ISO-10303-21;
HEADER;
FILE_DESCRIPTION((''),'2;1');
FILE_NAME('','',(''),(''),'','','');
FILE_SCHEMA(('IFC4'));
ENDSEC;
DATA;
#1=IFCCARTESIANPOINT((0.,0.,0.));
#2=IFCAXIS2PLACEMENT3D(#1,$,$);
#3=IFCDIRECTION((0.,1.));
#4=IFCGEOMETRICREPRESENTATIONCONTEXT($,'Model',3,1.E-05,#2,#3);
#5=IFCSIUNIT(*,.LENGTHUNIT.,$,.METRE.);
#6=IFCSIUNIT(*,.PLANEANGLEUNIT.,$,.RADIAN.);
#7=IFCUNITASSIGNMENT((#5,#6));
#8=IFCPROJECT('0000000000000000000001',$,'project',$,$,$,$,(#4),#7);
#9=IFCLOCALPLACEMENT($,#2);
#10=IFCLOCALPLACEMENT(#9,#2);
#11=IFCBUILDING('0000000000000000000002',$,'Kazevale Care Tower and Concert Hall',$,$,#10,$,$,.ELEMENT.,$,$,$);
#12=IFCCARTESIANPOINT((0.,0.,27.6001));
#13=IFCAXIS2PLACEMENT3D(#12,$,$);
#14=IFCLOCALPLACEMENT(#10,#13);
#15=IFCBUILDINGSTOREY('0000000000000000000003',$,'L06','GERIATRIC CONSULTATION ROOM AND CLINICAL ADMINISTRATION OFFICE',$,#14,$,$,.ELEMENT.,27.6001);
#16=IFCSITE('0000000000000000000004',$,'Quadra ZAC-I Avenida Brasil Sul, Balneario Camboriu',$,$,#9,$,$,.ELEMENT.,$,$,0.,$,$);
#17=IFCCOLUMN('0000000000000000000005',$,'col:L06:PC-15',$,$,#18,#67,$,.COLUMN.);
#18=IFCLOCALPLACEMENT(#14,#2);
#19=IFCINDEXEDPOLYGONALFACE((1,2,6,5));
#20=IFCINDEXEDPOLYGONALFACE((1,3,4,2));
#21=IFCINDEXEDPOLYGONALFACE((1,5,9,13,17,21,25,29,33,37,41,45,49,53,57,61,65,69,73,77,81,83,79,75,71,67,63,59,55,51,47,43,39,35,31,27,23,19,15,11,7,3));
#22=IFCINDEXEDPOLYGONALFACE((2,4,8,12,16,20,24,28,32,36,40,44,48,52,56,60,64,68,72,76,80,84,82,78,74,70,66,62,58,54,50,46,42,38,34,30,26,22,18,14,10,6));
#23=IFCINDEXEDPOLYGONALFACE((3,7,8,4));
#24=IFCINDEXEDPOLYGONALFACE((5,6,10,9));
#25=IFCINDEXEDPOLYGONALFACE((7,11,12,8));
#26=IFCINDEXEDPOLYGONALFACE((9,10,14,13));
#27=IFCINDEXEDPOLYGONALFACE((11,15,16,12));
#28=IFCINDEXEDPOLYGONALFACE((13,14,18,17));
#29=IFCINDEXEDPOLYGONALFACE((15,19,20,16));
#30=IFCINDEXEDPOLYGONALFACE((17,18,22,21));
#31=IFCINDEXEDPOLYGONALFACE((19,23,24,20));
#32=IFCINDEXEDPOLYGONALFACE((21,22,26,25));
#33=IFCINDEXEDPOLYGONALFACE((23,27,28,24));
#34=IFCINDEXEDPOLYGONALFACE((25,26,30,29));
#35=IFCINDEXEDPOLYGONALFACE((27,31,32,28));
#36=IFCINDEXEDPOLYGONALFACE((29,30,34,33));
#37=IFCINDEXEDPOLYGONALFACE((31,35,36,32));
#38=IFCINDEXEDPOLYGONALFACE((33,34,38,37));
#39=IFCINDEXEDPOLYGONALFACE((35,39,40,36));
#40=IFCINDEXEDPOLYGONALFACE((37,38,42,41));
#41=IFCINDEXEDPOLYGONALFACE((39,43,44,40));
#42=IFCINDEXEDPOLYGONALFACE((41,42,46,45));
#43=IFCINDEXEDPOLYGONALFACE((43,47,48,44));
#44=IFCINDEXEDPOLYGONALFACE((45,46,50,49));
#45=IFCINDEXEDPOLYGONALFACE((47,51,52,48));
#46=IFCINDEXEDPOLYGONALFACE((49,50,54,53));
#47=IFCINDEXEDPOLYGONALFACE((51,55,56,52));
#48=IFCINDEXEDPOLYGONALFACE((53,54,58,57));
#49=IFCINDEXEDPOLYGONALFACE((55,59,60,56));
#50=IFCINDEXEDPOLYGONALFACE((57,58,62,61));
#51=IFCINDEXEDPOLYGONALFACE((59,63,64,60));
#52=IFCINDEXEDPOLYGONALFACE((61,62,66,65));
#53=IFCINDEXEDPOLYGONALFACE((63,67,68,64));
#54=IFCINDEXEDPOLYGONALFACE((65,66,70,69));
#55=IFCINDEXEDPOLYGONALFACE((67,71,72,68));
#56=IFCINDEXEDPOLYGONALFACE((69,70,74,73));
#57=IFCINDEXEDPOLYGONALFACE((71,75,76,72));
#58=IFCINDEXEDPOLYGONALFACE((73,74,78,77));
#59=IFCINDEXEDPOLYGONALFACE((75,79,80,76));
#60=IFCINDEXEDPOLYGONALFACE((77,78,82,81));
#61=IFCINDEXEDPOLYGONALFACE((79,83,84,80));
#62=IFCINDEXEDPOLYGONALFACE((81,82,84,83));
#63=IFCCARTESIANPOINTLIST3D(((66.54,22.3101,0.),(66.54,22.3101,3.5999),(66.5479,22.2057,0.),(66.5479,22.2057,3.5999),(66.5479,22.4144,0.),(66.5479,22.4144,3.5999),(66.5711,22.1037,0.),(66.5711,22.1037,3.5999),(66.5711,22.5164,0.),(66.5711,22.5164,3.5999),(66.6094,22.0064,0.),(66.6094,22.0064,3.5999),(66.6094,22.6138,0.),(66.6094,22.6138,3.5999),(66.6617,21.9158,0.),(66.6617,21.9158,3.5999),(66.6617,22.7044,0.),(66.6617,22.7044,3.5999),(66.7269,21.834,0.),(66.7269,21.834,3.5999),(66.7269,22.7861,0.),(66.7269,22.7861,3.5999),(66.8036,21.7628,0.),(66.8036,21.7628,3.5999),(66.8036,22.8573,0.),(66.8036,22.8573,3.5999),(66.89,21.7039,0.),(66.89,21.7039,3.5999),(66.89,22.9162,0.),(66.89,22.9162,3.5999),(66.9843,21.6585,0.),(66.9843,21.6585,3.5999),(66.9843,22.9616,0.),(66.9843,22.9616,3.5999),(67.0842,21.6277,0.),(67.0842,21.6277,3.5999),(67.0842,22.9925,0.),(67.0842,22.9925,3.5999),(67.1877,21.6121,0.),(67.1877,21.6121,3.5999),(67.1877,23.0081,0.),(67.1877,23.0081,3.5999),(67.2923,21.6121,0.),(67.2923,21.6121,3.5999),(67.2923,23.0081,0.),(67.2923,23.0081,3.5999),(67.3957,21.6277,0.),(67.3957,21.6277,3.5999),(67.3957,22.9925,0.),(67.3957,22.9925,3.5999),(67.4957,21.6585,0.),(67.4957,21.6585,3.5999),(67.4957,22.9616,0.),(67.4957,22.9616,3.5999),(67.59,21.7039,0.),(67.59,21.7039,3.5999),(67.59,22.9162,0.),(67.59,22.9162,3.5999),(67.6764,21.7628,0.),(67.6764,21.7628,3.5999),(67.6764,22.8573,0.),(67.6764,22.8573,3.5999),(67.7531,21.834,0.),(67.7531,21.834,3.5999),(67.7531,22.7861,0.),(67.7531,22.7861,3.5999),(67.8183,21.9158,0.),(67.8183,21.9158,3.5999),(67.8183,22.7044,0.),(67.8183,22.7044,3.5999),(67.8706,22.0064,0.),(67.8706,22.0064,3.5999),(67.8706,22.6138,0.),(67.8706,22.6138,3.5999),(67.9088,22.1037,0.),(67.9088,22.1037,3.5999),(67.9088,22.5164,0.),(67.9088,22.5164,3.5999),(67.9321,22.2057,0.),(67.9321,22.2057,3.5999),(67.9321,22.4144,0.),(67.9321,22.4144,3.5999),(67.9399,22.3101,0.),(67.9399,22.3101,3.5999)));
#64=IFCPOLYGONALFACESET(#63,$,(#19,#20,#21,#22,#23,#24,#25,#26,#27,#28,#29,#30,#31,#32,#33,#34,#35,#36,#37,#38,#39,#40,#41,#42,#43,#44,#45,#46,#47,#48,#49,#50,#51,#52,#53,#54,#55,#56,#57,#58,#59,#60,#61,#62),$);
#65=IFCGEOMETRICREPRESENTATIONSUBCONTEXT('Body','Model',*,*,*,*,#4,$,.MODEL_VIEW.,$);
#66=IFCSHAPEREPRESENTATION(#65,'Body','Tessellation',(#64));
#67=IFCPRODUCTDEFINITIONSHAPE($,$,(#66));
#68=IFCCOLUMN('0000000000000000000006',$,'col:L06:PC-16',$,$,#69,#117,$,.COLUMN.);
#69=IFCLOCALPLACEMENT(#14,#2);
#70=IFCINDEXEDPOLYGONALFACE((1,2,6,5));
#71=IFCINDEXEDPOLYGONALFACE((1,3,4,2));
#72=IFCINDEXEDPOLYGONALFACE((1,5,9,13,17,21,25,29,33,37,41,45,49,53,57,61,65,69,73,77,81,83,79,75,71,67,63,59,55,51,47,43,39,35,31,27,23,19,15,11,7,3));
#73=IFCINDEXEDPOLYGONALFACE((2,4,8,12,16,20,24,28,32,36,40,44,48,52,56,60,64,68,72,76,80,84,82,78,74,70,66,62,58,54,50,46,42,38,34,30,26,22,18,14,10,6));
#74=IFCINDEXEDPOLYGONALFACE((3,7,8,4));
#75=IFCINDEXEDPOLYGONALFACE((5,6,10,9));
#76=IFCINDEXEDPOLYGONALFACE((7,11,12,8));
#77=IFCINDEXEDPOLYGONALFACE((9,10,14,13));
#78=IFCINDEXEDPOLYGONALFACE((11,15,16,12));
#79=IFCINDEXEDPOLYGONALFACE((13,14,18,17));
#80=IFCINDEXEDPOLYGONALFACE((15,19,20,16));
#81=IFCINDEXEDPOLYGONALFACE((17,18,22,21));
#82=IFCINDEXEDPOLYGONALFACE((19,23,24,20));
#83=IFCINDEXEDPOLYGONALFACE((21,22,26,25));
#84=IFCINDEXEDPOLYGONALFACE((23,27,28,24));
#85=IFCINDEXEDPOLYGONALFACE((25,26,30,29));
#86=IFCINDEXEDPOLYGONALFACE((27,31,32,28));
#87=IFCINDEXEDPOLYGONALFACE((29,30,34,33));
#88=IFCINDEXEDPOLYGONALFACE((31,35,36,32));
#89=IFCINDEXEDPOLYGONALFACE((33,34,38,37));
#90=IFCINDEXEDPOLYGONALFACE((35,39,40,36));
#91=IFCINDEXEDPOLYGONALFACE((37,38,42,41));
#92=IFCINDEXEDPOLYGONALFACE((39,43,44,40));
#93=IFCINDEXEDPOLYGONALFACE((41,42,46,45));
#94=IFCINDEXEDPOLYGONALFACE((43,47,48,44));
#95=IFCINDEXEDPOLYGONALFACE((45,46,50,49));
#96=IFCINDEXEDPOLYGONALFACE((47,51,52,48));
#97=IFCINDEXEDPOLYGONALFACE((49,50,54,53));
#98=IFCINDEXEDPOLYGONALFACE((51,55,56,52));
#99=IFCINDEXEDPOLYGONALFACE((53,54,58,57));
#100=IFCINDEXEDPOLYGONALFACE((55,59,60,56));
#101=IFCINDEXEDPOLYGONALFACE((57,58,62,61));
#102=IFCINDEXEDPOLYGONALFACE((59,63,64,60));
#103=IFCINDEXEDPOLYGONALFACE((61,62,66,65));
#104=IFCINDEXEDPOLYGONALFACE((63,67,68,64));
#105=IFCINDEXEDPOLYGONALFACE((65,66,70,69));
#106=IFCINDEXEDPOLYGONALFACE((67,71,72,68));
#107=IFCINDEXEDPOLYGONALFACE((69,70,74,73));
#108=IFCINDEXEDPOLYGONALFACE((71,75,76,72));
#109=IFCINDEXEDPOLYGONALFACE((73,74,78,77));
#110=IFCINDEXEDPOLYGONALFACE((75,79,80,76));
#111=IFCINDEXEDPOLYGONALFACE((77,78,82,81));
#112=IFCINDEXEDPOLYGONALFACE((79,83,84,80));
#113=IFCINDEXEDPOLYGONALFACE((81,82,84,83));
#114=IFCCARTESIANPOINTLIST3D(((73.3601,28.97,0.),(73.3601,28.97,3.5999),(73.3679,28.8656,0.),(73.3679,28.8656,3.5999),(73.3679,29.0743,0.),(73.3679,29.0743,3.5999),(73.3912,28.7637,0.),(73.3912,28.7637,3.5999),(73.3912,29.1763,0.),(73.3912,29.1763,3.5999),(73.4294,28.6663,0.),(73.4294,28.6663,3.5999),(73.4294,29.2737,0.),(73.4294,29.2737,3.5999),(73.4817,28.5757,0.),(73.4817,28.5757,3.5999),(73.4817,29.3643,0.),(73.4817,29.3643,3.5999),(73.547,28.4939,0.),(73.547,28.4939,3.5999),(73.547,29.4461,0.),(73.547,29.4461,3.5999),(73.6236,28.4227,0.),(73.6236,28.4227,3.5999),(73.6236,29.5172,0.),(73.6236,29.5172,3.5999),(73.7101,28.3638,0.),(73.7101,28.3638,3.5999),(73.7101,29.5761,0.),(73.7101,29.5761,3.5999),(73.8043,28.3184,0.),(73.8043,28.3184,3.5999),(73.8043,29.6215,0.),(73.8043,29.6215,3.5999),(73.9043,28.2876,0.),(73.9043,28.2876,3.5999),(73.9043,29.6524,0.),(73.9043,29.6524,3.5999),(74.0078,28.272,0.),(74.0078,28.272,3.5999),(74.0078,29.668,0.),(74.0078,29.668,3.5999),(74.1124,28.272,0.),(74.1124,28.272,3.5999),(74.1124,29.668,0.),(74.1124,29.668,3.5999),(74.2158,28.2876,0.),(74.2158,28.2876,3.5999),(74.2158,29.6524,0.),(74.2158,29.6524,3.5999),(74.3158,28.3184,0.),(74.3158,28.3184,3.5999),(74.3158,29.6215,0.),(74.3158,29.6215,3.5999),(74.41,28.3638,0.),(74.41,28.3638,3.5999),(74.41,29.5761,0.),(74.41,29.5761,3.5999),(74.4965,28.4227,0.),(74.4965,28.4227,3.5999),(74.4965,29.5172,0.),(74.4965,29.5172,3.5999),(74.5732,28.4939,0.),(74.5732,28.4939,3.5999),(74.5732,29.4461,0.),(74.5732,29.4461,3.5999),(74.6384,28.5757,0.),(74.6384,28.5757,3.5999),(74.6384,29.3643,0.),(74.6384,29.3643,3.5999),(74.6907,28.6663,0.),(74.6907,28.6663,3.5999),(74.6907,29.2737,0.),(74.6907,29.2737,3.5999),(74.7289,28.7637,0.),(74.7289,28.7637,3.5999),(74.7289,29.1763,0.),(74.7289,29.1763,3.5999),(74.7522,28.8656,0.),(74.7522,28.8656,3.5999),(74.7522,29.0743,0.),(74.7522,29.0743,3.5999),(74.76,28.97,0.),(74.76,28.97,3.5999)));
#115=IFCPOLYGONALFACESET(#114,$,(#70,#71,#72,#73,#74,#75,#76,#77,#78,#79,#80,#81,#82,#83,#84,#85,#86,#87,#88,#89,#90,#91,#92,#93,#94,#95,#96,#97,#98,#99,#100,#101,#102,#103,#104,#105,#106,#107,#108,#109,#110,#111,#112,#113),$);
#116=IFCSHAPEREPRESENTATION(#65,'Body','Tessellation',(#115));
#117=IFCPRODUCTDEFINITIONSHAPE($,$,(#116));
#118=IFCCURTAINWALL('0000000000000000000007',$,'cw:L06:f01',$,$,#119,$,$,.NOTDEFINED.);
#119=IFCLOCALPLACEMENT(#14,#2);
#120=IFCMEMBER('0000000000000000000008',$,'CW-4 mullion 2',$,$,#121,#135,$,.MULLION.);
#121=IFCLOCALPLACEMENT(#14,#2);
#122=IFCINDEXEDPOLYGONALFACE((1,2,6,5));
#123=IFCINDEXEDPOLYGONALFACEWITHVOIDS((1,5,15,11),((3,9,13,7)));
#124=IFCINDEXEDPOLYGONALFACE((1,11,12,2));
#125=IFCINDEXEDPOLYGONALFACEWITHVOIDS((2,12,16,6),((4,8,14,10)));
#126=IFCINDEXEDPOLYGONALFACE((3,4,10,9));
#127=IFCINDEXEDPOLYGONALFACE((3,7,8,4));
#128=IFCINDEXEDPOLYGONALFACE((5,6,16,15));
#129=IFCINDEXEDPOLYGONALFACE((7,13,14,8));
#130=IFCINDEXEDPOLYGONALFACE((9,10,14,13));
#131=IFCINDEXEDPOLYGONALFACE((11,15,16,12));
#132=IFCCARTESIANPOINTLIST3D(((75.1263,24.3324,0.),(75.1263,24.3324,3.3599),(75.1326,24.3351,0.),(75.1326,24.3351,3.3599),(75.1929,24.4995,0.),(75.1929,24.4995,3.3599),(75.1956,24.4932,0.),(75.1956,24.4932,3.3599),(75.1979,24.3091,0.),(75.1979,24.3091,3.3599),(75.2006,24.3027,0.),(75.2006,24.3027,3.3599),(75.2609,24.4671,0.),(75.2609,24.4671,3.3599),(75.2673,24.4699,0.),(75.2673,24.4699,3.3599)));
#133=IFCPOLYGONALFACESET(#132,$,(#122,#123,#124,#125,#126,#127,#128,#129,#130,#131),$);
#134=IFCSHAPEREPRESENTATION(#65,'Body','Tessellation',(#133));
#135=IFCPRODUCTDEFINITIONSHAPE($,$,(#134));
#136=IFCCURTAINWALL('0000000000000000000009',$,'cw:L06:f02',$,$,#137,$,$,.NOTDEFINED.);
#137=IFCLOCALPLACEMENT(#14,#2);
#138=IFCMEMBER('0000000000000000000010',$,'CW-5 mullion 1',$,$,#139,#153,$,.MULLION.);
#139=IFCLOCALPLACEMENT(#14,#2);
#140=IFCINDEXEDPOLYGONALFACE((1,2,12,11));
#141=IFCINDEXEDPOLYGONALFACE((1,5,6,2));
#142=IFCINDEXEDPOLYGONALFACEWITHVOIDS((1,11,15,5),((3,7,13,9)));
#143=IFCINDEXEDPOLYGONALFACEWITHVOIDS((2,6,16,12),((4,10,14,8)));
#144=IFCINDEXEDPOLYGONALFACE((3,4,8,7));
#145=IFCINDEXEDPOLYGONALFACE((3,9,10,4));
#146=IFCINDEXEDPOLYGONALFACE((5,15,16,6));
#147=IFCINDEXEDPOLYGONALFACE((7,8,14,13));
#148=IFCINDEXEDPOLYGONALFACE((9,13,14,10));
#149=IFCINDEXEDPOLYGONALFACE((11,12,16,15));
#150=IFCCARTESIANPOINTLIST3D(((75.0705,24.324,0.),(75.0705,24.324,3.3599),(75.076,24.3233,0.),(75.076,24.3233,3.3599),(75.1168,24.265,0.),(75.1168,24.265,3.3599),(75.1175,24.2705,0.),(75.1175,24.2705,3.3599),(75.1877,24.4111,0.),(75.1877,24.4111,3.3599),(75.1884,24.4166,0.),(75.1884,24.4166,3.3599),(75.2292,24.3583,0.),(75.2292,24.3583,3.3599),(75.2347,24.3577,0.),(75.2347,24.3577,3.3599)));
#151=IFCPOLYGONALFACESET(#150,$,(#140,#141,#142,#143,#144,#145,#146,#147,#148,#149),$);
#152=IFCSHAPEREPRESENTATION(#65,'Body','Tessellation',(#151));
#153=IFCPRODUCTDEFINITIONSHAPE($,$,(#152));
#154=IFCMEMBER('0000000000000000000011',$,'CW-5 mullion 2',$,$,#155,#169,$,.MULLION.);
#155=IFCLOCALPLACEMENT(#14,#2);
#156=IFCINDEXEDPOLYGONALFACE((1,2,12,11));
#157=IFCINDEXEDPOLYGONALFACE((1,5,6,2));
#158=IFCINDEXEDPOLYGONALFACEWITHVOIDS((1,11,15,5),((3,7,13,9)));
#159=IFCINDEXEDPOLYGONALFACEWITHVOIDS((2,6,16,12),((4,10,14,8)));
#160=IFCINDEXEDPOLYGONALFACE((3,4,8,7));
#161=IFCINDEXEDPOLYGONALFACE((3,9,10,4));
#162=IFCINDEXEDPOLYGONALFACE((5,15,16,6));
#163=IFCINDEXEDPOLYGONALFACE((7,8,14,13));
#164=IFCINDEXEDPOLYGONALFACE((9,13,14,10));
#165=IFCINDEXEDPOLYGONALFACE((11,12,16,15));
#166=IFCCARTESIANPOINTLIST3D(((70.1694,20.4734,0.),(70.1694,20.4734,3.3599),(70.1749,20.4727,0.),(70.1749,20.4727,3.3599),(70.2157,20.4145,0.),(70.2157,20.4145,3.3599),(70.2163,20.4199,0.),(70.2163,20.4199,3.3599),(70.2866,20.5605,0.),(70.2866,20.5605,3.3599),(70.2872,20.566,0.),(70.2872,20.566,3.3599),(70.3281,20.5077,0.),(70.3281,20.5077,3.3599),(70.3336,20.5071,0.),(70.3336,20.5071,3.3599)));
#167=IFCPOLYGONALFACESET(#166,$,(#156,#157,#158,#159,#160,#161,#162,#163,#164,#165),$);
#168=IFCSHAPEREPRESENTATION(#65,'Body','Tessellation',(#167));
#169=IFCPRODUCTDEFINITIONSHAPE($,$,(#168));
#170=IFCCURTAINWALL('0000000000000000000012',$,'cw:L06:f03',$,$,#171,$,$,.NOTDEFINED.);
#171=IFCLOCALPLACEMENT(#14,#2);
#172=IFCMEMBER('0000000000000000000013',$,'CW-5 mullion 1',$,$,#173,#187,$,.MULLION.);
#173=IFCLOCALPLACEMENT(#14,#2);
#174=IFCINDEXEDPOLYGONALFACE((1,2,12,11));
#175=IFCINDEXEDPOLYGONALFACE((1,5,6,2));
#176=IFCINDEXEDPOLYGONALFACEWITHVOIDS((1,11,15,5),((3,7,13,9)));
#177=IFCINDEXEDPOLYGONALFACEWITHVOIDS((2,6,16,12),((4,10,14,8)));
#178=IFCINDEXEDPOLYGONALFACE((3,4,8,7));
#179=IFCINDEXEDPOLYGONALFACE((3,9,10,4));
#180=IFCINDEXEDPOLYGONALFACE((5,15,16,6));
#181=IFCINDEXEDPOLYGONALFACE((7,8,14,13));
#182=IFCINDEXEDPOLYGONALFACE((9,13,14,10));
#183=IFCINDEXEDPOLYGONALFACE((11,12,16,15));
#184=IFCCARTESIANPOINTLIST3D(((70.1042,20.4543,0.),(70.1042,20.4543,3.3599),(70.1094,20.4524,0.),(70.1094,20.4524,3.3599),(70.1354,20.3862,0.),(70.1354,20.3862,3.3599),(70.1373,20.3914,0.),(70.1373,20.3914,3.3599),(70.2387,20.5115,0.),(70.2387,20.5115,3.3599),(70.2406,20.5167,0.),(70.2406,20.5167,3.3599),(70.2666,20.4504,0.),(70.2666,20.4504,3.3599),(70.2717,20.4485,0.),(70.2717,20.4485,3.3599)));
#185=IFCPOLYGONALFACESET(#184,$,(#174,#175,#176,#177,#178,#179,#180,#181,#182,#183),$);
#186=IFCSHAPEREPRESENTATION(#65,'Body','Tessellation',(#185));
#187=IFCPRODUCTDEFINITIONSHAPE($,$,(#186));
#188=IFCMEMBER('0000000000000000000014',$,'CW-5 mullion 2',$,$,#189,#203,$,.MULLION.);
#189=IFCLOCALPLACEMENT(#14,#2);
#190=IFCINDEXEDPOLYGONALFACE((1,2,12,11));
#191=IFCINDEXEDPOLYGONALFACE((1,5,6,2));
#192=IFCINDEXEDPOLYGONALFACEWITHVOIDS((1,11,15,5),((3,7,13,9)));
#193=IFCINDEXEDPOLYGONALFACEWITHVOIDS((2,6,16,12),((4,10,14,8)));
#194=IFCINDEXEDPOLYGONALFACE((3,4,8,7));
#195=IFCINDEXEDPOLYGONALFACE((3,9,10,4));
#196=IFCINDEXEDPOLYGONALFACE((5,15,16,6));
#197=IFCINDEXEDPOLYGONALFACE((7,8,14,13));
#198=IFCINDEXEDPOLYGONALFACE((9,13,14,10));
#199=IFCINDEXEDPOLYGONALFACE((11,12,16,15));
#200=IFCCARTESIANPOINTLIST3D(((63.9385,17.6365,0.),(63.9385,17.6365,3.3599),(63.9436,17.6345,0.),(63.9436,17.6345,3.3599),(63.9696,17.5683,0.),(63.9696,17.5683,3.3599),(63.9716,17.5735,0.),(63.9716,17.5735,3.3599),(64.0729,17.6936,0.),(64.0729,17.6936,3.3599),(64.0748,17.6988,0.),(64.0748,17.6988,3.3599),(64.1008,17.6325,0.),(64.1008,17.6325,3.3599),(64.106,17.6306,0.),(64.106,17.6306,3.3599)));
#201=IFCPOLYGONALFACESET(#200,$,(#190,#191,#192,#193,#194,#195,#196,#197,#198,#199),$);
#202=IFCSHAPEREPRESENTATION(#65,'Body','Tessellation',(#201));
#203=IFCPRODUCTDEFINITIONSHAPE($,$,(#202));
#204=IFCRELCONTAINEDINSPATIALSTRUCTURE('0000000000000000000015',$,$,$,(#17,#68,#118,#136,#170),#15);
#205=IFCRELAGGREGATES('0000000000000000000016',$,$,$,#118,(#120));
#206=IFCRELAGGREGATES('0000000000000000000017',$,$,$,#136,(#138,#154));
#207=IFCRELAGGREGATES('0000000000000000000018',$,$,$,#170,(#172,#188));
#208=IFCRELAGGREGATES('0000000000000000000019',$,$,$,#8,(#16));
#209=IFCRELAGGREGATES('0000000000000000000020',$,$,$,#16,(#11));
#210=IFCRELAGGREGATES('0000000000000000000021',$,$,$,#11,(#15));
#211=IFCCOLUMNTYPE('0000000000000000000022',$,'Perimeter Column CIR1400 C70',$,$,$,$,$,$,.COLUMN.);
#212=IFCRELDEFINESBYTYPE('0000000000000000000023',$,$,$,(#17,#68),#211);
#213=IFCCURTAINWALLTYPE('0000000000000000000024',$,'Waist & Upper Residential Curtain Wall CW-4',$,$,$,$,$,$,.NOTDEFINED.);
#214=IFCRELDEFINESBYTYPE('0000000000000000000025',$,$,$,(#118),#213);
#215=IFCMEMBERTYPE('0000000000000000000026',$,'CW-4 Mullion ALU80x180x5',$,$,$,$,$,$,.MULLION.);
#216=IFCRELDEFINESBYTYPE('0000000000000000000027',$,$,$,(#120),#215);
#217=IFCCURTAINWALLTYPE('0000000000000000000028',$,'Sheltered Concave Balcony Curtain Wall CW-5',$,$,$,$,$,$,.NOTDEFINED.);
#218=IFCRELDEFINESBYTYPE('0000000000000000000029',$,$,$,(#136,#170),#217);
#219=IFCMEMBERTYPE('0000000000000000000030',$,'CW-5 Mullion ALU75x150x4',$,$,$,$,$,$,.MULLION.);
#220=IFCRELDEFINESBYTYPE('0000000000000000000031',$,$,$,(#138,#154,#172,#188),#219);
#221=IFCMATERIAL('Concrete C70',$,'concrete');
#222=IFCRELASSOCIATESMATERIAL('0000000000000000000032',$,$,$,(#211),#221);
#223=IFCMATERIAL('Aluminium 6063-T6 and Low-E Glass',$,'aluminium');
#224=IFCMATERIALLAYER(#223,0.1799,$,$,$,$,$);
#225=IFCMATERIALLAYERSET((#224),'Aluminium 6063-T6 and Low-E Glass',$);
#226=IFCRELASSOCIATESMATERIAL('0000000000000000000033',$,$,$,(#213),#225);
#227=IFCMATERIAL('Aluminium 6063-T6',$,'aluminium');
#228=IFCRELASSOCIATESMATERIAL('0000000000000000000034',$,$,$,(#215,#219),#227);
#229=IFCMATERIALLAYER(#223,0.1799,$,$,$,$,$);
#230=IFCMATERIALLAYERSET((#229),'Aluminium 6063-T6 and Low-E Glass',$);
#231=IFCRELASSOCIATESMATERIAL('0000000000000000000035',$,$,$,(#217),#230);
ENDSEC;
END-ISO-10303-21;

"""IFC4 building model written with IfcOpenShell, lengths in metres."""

from ifc_helpers import new_model, si_unit, direction, frame, origin, origin_2d, place, context, subcontext, project, spatial, hollow_rectangle, circle, extrude, material, layer, layer_set, material_profile, profile_set, type_object, element, aggregate, save


model = new_model("IFC4")

# Units and contexts
model_context = context("Model", 3, precision=1e-05, world=origin(), true_north=direction((0.0, 1.0)))
body_context = subcontext(model_context, "Body", "Model", "MODEL_VIEW")
ifc_project = project(units=[si_unit("LENGTHUNIT", "METRE"), si_unit("PLANEANGLEUNIT", "RADIAN")], contexts=[model_context])

# Site, building, storey
site_placement = place(None, origin())
site = spatial("IfcSite", under=ifc_project, at=site_placement, Name="Quadra ZAC-I Avenida Brasil Sul, Balneario Camboriu", CompositionType="ELEMENT", RefElevation=0.0)
building_placement = place(site_placement, origin())
building = spatial("IfcBuilding", under=site, at=building_placement, Name="Kazevale Care Tower and Concert Hall", CompositionType="ELEMENT")
storey_placement = place(building_placement, frame((0.0, 0.0, 27.6001)))
storey = spatial("IfcBuildingStorey", under=building, at=storey_placement, Name="L06", Description="GERIATRIC CONSULTATION ROOM AND CLINICAL ADMINISTRATION OFFICE", CompositionType="ELEMENT", Elevation=27.6001)

# Columns
ifc_material_1 = material(Name="Concrete C70", Category="concrete")
ifc_material_profile_1 = material_profile(ifc_material_1, circle(Radius=0.7, at=origin_2d()), Name="RC-CIR1400")
ifc_profile_set_1 = profile_set([ifc_material_profile_1], Name="Concrete C70")
column_type = type_object("IfcColumnType", Name="Perimeter Column CIR1400 C70", PredefinedType="COLUMN", material=ifc_profile_set_1)
for number, where, z_axis, x_axis, name in (
    (1, (67.24, 22.3101, 0.0), (0.0, 0.0, 1.0), (1.0, 0.0, 0.0), "col:L06:PC-15"),
    (2, (74.0601, 28.97, 0.0), (0.0, 0.0, 1.0), (1.0, 0.0, 0.0), "col:L06:PC-16"),
):
    element("IfcColumn", number, at=place(storey_placement, frame(where, z_axis=z_axis, x_axis=x_axis)), inside=storey, type_object=column_type, Name=name, PredefinedType="COLUMN", context=body_context, shape_type="SweptSolid", body=[
        extrude(circle(Radius=0.7, at=origin_2d()), origin(), (0.0, 0.0, 1.0), 3.5999),
    ])

# Curtain wall, member
ifc_material_2 = material(Name="Aluminium 6063-T6 and Low-E Glass", Category="aluminium")
ifc_layer_1 = layer(ifc_material_2, 0.1799)
ifc_layer_set_1 = layer_set([ifc_layer_1], Name="Aluminium 6063-T6 and Low-E Glass")
curtain_wall_type_1 = type_object("IfcCurtainWallType", Name="Waist & Upper Residential Curtain Wall CW-4", PredefinedType="NOTDEFINED", material=ifc_layer_set_1)
curtain_wall_1_placement = place(storey_placement, origin())
curtain_wall_1 = element("IfcCurtainWall", 3, at=curtain_wall_1_placement, inside=storey, type_object=curtain_wall_type_1, Name="cw:L06:f01", PredefinedType="NOTDEFINED")
ifc_material_3 = material(Name="Aluminium 6063-T6", Category="aluminium")
ifc_material_profile_2 = material_profile(ifc_material_3, hollow_rectangle(XDim=0.0801, YDim=0.1799, WallThickness=0.0049, at=origin_2d()), Name="ALU80x180x5")
ifc_profile_set_2 = profile_set([ifc_material_profile_2], Name="Aluminium 6063-T6")
member_type_1 = type_object("IfcMemberType", Name="CW-4 Mullion ALU80x180x5", PredefinedType="MULLION", material=ifc_profile_set_2)
member_1_placement = place(storey_placement, frame((75.1968, 24.4011, 0.0), z_axis=(0.0, 0.0, 1.0), x_axis=(0.928861, -0.370427, 0.0)))
member_1 = element("IfcMember", 4, at=member_1_placement, type_object=member_type_1, Name="CW-4 mullion 2", PredefinedType="MULLION", context=body_context, shape_type="SweptSolid", body=[
    extrude(hollow_rectangle(XDim=0.0801, YDim=0.1799, WallThickness=0.0049, at=origin_2d()), origin(), (0.0, 0.0, 1.0), 3.3599),
])
aggregate(curtain_wall_1, [member_1])

# Curtain walls, members
ifc_layer_2 = layer(ifc_material_2, 0.1799)
ifc_layer_set_2 = layer_set([ifc_layer_2], Name="Aluminium 6063-T6 and Low-E Glass")
curtain_wall_type_2 = type_object("IfcCurtainWallType", Name="Sheltered Concave Balcony Curtain Wall CW-5", PredefinedType="NOTDEFINED", material=ifc_layer_set_2)
curtain_wall_2_placement = place(storey_placement, origin())
curtain_wall_2 = element("IfcCurtainWall", 5, at=curtain_wall_2_placement, inside=storey, type_object=curtain_wall_type_2, Name="cw:L06:f02", PredefinedType="NOTDEFINED")
ifc_material_profile_3 = material_profile(ifc_material_3, hollow_rectangle(XDim=0.075, YDim=0.1499, WallThickness=0.0039, at=origin_2d()), Name="ALU75x150x4")
ifc_profile_set_3 = profile_set([ifc_material_profile_3], Name="Aluminium 6063-T6")
member_type_2 = type_object("IfcMemberType", Name="CW-5 Mullion ALU75x150x4", PredefinedType="MULLION", material=ifc_profile_set_3)
member_2_placement = place(storey_placement, frame((75.1526, 24.3408, 0.0), z_axis=(0.0, 0.0, 1.0), x_axis=(0.617808, -0.786329, 0.0)))
member_2 = element("IfcMember", 6, at=member_2_placement, type_object=member_type_2, Name="CW-5 mullion 1", PredefinedType="MULLION", context=body_context, shape_type="SweptSolid", body=[
    extrude(hollow_rectangle(XDim=0.075, YDim=0.1499, WallThickness=0.0039, at=origin_2d()), origin(), (0.0, 0.0, 1.0), 3.3599),
])
member_3_placement = place(storey_placement, frame((70.2515, 20.4902, 0.0), z_axis=(0.0, 0.0, 1.0), x_axis=(0.617808, -0.786329, 0.0)))
member_3 = element("IfcMember", 7, at=member_3_placement, type_object=member_type_2, Name="CW-5 mullion 2", PredefinedType="MULLION", context=body_context, shape_type="SweptSolid", body=[
    extrude(hollow_rectangle(XDim=0.075, YDim=0.1499, WallThickness=0.0039, at=origin_2d()), origin(), (0.0, 0.0, 1.0), 3.3599),
])
curtain_wall_3_placement = place(storey_placement, origin())
curtain_wall_3 = element("IfcCurtainWall", 8, at=curtain_wall_3_placement, inside=storey, type_object=curtain_wall_type_2, Name="cw:L06:f03", PredefinedType="NOTDEFINED")
member_4_placement = place(storey_placement, frame((70.188, 20.4514, 0.0), z_axis=(0.0, 0.0, 1.0), x_axis=(0.41566, -0.90952, 0.0)))
member_4 = element("IfcMember", 9, at=member_4_placement, type_object=member_type_2, Name="CW-5 mullion 1", PredefinedType="MULLION", context=body_context, shape_type="SweptSolid", body=[
    extrude(hollow_rectangle(XDim=0.075, YDim=0.1499, WallThickness=0.0039, at=origin_2d()), origin(), (0.0, 0.0, 1.0), 3.3599),
])
member_5_placement = place(storey_placement, frame((64.0222, 17.6335, 0.0), z_axis=(0.0, 0.0, 1.0), x_axis=(0.41566, -0.90952, 0.0)))
member_5 = element("IfcMember", 10, at=member_5_placement, type_object=member_type_2, Name="CW-5 mullion 2", PredefinedType="MULLION", context=body_context, shape_type="SweptSolid", body=[
    extrude(hollow_rectangle(XDim=0.075, YDim=0.1499, WallThickness=0.0039, at=origin_2d()), origin(), (0.0, 0.0, 1.0), 3.3599),
])

aggregate(curtain_wall_2, [member_2, member_3])
aggregate(curtain_wall_3, [member_4, member_5])

save(model, "model.ifc")
